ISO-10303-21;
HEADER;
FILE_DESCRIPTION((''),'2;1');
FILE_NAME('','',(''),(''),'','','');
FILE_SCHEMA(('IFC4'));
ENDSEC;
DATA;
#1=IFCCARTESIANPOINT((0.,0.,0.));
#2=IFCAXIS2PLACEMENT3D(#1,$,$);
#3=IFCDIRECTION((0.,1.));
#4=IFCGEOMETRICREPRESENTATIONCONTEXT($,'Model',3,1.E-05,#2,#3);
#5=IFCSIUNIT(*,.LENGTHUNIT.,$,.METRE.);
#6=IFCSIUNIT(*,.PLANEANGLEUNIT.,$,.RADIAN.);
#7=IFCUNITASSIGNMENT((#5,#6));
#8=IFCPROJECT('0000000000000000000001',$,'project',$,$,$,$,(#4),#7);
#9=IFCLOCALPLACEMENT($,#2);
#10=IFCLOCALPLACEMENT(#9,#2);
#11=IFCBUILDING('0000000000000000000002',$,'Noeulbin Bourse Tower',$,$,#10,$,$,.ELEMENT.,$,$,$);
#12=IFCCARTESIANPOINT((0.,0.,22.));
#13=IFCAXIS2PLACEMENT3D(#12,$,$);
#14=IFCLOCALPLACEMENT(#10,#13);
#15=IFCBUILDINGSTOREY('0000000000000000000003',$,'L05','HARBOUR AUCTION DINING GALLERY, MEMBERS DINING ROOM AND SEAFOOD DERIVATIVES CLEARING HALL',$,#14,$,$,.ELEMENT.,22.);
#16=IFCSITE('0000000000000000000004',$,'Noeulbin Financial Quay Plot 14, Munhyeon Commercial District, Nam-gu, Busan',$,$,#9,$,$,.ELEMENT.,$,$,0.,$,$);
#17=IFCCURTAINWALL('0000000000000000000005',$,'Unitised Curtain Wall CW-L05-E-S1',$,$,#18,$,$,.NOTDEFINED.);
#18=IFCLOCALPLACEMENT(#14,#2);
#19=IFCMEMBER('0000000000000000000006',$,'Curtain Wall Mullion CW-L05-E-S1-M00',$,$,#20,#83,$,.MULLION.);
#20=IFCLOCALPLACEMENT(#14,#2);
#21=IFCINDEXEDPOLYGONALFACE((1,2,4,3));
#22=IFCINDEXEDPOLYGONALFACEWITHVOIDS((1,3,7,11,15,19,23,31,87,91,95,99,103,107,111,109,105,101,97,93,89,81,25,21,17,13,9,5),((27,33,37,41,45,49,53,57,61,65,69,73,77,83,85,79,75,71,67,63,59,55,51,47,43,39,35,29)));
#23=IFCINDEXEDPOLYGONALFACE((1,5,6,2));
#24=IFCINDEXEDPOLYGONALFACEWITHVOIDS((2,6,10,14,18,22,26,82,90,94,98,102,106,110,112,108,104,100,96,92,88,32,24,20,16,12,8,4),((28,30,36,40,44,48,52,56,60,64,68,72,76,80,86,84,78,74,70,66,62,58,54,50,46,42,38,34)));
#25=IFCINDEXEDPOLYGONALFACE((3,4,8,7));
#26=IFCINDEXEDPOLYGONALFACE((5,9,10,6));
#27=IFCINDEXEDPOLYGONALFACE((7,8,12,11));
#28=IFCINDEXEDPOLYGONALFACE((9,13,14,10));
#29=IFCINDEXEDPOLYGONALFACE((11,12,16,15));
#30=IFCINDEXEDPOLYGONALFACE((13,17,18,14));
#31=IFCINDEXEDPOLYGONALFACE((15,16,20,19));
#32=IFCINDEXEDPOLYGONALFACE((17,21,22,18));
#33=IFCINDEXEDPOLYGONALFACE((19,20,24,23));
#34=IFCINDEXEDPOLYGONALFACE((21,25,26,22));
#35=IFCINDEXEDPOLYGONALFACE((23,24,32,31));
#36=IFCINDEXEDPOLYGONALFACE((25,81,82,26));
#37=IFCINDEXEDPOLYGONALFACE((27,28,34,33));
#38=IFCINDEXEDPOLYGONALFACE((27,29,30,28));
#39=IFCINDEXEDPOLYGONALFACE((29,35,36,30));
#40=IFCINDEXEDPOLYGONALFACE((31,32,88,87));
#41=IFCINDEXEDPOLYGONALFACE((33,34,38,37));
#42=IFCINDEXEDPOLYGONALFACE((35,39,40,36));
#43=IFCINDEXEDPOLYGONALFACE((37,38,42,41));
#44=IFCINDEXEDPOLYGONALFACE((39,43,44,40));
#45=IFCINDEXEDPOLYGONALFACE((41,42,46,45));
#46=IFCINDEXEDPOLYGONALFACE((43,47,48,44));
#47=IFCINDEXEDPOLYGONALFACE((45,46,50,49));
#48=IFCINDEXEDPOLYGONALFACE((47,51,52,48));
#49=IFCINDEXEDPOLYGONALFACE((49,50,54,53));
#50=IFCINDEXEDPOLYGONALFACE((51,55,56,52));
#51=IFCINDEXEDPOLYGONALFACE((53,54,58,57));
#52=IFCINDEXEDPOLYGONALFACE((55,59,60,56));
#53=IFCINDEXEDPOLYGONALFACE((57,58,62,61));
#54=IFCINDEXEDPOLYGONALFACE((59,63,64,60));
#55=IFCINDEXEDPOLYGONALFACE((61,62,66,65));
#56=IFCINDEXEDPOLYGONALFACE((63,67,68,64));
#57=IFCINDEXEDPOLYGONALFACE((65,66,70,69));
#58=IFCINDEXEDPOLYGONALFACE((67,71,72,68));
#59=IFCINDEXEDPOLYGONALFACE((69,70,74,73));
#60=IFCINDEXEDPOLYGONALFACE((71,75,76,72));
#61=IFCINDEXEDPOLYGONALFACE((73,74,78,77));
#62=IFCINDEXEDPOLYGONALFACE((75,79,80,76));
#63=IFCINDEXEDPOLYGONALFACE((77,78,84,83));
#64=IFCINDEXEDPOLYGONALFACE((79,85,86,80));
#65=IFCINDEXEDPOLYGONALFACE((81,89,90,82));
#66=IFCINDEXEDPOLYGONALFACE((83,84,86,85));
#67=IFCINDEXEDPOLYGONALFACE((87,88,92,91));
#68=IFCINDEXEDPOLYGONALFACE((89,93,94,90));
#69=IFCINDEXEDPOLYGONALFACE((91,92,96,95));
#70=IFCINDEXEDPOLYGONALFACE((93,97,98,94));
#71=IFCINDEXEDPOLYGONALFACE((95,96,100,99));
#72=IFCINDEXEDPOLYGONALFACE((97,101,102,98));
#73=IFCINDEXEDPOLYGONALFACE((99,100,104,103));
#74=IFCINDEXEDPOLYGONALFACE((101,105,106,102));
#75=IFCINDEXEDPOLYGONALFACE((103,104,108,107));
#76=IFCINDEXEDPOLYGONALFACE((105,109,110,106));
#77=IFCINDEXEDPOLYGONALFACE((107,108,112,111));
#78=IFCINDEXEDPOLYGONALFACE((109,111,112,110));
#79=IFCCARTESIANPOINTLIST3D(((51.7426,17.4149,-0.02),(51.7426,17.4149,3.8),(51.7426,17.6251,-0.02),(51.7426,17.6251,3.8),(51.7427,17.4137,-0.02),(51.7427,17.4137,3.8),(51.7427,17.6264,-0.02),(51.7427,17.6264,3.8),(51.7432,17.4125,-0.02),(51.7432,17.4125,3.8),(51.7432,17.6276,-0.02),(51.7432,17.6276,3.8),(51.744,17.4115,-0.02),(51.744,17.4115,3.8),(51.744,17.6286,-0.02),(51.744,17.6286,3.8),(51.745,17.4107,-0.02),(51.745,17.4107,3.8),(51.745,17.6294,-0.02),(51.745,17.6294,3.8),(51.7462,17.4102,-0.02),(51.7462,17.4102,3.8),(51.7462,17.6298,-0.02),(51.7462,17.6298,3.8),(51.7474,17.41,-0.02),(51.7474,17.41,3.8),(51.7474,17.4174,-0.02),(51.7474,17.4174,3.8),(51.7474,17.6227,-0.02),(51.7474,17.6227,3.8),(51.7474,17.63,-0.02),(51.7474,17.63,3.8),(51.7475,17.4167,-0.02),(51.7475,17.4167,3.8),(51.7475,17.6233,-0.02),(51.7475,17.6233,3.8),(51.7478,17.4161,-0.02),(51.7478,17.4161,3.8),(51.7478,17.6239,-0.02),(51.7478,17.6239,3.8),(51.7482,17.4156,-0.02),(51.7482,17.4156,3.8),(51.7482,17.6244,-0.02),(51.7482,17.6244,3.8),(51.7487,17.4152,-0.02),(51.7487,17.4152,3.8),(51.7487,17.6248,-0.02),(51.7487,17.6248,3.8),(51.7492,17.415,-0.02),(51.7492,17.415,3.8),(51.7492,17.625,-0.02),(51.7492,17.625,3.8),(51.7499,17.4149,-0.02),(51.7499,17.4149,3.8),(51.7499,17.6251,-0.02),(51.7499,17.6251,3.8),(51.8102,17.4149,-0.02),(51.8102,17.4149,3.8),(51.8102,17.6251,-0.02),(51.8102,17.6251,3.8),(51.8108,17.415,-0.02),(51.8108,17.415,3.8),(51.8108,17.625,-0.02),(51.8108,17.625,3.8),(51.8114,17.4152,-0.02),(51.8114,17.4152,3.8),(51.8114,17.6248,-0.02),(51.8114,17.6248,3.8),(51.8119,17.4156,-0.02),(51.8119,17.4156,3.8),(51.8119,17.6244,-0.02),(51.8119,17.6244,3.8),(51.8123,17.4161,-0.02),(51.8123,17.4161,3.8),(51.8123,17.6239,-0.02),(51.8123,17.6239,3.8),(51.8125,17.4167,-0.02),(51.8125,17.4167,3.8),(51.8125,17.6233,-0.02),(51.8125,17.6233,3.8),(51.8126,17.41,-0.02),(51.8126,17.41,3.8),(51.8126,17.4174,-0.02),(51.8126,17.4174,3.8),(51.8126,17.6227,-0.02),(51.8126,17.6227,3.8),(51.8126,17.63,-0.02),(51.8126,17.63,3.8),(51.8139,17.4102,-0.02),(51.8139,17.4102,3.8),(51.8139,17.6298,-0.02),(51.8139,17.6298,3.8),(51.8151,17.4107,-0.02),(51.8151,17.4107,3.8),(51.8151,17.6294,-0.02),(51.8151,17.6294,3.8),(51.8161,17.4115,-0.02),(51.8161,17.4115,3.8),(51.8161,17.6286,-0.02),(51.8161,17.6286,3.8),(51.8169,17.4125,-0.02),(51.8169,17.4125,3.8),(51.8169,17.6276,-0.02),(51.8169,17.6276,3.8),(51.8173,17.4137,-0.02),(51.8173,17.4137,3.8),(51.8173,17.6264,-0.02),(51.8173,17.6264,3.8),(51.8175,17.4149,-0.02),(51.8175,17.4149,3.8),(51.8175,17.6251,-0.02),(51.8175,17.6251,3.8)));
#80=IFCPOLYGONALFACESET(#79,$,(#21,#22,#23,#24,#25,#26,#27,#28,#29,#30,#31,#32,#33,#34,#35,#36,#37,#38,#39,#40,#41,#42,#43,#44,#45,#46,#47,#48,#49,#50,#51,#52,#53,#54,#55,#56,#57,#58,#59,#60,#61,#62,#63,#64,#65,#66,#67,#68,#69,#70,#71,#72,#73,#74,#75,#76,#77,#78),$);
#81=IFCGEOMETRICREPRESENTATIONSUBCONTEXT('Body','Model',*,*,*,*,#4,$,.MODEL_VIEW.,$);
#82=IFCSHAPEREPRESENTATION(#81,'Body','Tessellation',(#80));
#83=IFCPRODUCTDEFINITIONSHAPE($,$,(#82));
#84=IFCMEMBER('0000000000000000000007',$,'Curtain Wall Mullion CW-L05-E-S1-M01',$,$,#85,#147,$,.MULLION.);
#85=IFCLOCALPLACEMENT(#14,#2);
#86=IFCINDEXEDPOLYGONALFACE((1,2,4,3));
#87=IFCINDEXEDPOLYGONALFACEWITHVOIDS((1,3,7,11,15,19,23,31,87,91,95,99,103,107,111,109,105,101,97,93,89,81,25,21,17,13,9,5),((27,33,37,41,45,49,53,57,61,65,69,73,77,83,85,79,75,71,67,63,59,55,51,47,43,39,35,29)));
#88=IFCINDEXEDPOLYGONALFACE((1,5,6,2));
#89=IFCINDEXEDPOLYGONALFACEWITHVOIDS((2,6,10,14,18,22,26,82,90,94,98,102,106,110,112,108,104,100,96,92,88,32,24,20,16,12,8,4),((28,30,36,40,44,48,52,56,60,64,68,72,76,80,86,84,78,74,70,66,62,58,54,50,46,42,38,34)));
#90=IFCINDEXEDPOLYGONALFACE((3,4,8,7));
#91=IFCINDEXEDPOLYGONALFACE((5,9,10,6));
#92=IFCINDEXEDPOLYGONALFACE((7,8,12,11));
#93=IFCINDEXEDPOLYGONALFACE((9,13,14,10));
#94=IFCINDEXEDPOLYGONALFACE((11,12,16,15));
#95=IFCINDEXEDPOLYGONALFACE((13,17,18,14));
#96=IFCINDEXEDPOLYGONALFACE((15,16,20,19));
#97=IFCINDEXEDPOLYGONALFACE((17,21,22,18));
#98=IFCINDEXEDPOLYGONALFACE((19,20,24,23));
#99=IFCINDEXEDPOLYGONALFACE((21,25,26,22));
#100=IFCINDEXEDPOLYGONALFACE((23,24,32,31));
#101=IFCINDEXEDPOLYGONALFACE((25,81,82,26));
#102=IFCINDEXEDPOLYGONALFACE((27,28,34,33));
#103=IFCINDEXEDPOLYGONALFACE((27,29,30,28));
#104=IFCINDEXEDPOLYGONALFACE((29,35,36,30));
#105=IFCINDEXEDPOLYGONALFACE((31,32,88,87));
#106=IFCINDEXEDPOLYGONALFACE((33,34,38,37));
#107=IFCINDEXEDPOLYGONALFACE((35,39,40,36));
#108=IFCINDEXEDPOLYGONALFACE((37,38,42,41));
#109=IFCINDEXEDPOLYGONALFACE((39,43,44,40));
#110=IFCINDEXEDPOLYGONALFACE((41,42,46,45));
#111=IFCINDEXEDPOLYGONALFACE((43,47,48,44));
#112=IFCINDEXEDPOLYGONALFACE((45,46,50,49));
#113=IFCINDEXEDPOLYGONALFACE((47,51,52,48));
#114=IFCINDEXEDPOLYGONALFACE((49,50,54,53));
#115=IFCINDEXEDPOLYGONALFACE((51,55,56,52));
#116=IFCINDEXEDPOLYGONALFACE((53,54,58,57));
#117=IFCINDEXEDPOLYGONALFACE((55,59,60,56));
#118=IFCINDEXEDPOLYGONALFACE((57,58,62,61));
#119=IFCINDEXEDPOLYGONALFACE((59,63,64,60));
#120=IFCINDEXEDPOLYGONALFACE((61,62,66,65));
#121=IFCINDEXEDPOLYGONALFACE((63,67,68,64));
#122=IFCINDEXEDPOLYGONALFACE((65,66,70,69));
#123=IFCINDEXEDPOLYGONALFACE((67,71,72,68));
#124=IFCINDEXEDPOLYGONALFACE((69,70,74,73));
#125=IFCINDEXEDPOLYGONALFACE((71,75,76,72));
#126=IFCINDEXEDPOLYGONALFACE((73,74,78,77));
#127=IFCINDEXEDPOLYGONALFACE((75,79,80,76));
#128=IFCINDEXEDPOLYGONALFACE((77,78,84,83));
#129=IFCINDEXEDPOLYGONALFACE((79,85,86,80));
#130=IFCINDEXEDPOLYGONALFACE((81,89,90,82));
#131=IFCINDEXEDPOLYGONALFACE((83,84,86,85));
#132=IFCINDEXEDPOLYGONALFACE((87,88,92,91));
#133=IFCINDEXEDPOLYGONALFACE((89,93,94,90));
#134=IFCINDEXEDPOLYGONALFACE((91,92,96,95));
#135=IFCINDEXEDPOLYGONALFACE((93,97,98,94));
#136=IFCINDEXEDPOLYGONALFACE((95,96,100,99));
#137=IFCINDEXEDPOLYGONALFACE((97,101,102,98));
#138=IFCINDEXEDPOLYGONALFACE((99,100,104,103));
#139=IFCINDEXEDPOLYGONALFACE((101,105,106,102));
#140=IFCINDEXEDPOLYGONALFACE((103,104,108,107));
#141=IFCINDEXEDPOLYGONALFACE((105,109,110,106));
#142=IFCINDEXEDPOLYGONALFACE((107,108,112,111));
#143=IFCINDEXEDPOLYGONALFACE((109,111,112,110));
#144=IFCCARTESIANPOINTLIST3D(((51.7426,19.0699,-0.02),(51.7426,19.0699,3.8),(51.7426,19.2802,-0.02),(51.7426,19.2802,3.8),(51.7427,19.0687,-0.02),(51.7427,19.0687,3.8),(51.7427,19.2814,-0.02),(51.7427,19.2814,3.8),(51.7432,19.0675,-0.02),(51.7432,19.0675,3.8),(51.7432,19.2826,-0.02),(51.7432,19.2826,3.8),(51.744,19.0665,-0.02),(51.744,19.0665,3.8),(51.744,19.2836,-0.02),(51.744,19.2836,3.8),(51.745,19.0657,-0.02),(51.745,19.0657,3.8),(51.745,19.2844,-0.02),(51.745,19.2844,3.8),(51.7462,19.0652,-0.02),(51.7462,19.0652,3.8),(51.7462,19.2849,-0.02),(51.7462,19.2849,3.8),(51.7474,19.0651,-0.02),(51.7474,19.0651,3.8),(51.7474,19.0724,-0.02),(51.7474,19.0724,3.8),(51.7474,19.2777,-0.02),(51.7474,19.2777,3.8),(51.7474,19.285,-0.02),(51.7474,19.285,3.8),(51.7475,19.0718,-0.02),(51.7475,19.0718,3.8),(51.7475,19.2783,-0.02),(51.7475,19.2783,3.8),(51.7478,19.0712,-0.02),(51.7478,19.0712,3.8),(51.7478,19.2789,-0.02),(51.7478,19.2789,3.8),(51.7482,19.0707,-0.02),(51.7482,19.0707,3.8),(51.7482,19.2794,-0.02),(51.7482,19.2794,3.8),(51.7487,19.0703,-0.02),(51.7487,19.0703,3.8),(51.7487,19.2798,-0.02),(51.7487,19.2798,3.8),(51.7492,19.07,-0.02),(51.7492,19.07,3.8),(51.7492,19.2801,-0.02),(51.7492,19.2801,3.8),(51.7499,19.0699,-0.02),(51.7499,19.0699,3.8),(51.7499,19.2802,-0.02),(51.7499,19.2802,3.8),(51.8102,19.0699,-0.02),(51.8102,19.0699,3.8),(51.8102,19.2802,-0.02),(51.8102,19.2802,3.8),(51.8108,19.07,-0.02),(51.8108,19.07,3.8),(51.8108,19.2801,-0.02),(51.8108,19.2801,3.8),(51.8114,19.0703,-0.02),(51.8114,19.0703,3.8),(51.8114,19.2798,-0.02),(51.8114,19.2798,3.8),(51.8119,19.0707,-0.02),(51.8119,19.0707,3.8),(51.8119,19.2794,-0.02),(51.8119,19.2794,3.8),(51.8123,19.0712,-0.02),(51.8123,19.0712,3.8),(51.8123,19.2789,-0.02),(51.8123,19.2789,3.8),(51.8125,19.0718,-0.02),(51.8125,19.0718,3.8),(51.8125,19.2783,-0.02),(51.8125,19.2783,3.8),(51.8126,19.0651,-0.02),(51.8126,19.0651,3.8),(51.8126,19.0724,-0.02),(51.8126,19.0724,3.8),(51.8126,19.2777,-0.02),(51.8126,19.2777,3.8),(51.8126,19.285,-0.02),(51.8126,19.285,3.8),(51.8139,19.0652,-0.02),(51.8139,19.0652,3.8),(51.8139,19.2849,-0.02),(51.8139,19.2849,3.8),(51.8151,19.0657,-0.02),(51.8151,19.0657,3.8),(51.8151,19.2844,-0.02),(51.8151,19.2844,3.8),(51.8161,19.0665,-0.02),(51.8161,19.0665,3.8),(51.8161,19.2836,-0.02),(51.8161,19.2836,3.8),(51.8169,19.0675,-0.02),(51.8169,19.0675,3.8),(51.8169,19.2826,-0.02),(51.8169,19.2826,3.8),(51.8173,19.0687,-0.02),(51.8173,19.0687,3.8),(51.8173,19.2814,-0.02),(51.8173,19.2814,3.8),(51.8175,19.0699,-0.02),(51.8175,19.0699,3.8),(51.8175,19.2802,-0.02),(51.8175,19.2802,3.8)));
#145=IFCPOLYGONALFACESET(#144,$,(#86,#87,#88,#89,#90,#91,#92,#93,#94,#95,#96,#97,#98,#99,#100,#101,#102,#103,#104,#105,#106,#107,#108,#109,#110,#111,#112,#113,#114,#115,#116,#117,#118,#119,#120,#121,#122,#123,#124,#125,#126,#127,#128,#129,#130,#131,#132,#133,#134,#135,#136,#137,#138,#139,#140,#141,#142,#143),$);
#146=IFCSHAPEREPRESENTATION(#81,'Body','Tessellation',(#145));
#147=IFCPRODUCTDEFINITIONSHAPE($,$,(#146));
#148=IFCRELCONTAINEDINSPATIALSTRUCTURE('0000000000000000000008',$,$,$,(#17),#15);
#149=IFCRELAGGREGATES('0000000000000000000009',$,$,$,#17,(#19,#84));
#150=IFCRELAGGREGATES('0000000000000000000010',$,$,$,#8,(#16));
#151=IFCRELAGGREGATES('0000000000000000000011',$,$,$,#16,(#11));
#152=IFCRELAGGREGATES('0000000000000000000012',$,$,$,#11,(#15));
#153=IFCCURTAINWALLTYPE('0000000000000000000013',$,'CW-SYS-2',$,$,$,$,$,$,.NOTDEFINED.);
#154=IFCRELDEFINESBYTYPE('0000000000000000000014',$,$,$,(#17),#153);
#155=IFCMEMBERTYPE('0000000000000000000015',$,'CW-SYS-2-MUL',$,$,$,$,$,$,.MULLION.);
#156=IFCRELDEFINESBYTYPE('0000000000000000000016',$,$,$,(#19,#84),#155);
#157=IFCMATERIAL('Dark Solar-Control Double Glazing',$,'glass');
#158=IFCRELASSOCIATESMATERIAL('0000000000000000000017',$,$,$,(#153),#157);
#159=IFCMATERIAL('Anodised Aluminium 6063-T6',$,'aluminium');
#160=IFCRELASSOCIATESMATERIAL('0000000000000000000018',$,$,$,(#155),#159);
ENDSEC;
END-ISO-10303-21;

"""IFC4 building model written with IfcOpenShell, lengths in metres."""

from ifc_helpers import new_model, si_unit, direction, frame, origin, origin_2d, place, context, subcontext, project, spatial, hollow_rectangle, extrude, material, material_profile, profile_set, type_object, element, aggregate, save


model = new_model("IFC4")

# Units and contexts
model_context = context("Model", 3, precision=1e-05, world=origin(), true_north=direction((0.0, 1.0)))
body_context = subcontext(model_context, "Body", "Model", "MODEL_VIEW")
ifc_project = project(units=[si_unit("LENGTHUNIT", "METRE"), si_unit("PLANEANGLEUNIT", "RADIAN")], contexts=[model_context])

# Site, building, storey
site_placement = place(None, origin())
site = spatial("IfcSite", under=ifc_project, at=site_placement, Name="Noeulbin Financial Quay Plot 14, Munhyeon Commercial District, Nam-gu, Busan", CompositionType="ELEMENT", RefElevation=0.0)
building_placement = place(site_placement, origin())
building = spatial("IfcBuilding", under=site, at=building_placement, Name="Noeulbin Bourse Tower", CompositionType="ELEMENT")
storey_placement = place(building_placement, frame((0.0, 0.0, 22.0)))
storey = spatial("IfcBuildingStorey", under=building, at=storey_placement, Name="L05", Description="HARBOUR AUCTION DINING GALLERY, MEMBERS DINING ROOM AND SEAFOOD DERIVATIVES CLEARING HALL", CompositionType="ELEMENT", Elevation=22.0)

# Curtain wall, members
ifc_material_1 = material(Name="Dark Solar-Control Double Glazing", Category="glass")
curtain_wall_type = type_object("IfcCurtainWallType", Name="CW-SYS-2", PredefinedType="NOTDEFINED", material=ifc_material_1)
curtain_wall_1_placement = place(storey_placement, origin())
curtain_wall_1 = element("IfcCurtainWall", 1, at=curtain_wall_1_placement, inside=storey, type_object=curtain_wall_type, Name="Unitised Curtain Wall CW-L05-E-S1", PredefinedType="NOTDEFINED")
ifc_material_2 = material(Name="Anodised Aluminium 6063-T6", Category="aluminium")
ifc_material_profile_1 = material_profile(ifc_material_2, hollow_rectangle(XDim=0.075, YDim=0.22, WallThickness=0.0049, InnerFilletRadius=0.0024, OuterFilletRadius=0.0049, at=origin_2d()), Name="ALU-MULL-75x220x5", Category="LoadBearing")
ifc_profile_set_1 = profile_set([ifc_material_profile_1], Name="Anodised Aluminium 6063-T6")
member_type_1 = type_object("IfcMemberType", Name="CW-SYS-2-MUL", PredefinedType="MULLION", material=ifc_profile_set_1)
member_1_placement = place(storey_placement, frame((51.78, 17.52, -0.02), z_axis=(0.0, 0.0, 1.0), x_axis=(1.0, 0.0, 0.0)))
member_1 = element("IfcMember", 2, at=member_1_placement, type_object=member_type_1, Name="Curtain Wall Mullion CW-L05-E-S1-M00", PredefinedType="MULLION", context=body_context, shape_type="SweptSolid", body=[
    extrude(hollow_rectangle(XDim=0.075, YDim=0.22, WallThickness=0.0049, InnerFilletRadius=0.0024, OuterFilletRadius=0.0049, at=origin_2d()), origin(), (0.0, 0.0, 1.0), 3.8201),
])
member_2_placement = place(storey_placement, frame((51.78, 19.175, -0.02), z_axis=(0.0, 0.0, 1.0), x_axis=(1.0, 0.0, 0.0)))
member_2 = element("IfcMember", 3, at=member_2_placement, type_object=member_type_1, Name="Curtain Wall Mullion CW-L05-E-S1-M01", PredefinedType="MULLION", context=body_context, shape_type="SweptSolid", body=[
    extrude(hollow_rectangle(XDim=0.075, YDim=0.22, WallThickness=0.0049, InnerFilletRadius=0.0024, OuterFilletRadius=0.0049, at=origin_2d()), origin(), (0.0, 0.0, 1.0), 3.8201),
])

aggregate(curtain_wall_1, [member_1, member_2])

save(model, "model.ifc")
